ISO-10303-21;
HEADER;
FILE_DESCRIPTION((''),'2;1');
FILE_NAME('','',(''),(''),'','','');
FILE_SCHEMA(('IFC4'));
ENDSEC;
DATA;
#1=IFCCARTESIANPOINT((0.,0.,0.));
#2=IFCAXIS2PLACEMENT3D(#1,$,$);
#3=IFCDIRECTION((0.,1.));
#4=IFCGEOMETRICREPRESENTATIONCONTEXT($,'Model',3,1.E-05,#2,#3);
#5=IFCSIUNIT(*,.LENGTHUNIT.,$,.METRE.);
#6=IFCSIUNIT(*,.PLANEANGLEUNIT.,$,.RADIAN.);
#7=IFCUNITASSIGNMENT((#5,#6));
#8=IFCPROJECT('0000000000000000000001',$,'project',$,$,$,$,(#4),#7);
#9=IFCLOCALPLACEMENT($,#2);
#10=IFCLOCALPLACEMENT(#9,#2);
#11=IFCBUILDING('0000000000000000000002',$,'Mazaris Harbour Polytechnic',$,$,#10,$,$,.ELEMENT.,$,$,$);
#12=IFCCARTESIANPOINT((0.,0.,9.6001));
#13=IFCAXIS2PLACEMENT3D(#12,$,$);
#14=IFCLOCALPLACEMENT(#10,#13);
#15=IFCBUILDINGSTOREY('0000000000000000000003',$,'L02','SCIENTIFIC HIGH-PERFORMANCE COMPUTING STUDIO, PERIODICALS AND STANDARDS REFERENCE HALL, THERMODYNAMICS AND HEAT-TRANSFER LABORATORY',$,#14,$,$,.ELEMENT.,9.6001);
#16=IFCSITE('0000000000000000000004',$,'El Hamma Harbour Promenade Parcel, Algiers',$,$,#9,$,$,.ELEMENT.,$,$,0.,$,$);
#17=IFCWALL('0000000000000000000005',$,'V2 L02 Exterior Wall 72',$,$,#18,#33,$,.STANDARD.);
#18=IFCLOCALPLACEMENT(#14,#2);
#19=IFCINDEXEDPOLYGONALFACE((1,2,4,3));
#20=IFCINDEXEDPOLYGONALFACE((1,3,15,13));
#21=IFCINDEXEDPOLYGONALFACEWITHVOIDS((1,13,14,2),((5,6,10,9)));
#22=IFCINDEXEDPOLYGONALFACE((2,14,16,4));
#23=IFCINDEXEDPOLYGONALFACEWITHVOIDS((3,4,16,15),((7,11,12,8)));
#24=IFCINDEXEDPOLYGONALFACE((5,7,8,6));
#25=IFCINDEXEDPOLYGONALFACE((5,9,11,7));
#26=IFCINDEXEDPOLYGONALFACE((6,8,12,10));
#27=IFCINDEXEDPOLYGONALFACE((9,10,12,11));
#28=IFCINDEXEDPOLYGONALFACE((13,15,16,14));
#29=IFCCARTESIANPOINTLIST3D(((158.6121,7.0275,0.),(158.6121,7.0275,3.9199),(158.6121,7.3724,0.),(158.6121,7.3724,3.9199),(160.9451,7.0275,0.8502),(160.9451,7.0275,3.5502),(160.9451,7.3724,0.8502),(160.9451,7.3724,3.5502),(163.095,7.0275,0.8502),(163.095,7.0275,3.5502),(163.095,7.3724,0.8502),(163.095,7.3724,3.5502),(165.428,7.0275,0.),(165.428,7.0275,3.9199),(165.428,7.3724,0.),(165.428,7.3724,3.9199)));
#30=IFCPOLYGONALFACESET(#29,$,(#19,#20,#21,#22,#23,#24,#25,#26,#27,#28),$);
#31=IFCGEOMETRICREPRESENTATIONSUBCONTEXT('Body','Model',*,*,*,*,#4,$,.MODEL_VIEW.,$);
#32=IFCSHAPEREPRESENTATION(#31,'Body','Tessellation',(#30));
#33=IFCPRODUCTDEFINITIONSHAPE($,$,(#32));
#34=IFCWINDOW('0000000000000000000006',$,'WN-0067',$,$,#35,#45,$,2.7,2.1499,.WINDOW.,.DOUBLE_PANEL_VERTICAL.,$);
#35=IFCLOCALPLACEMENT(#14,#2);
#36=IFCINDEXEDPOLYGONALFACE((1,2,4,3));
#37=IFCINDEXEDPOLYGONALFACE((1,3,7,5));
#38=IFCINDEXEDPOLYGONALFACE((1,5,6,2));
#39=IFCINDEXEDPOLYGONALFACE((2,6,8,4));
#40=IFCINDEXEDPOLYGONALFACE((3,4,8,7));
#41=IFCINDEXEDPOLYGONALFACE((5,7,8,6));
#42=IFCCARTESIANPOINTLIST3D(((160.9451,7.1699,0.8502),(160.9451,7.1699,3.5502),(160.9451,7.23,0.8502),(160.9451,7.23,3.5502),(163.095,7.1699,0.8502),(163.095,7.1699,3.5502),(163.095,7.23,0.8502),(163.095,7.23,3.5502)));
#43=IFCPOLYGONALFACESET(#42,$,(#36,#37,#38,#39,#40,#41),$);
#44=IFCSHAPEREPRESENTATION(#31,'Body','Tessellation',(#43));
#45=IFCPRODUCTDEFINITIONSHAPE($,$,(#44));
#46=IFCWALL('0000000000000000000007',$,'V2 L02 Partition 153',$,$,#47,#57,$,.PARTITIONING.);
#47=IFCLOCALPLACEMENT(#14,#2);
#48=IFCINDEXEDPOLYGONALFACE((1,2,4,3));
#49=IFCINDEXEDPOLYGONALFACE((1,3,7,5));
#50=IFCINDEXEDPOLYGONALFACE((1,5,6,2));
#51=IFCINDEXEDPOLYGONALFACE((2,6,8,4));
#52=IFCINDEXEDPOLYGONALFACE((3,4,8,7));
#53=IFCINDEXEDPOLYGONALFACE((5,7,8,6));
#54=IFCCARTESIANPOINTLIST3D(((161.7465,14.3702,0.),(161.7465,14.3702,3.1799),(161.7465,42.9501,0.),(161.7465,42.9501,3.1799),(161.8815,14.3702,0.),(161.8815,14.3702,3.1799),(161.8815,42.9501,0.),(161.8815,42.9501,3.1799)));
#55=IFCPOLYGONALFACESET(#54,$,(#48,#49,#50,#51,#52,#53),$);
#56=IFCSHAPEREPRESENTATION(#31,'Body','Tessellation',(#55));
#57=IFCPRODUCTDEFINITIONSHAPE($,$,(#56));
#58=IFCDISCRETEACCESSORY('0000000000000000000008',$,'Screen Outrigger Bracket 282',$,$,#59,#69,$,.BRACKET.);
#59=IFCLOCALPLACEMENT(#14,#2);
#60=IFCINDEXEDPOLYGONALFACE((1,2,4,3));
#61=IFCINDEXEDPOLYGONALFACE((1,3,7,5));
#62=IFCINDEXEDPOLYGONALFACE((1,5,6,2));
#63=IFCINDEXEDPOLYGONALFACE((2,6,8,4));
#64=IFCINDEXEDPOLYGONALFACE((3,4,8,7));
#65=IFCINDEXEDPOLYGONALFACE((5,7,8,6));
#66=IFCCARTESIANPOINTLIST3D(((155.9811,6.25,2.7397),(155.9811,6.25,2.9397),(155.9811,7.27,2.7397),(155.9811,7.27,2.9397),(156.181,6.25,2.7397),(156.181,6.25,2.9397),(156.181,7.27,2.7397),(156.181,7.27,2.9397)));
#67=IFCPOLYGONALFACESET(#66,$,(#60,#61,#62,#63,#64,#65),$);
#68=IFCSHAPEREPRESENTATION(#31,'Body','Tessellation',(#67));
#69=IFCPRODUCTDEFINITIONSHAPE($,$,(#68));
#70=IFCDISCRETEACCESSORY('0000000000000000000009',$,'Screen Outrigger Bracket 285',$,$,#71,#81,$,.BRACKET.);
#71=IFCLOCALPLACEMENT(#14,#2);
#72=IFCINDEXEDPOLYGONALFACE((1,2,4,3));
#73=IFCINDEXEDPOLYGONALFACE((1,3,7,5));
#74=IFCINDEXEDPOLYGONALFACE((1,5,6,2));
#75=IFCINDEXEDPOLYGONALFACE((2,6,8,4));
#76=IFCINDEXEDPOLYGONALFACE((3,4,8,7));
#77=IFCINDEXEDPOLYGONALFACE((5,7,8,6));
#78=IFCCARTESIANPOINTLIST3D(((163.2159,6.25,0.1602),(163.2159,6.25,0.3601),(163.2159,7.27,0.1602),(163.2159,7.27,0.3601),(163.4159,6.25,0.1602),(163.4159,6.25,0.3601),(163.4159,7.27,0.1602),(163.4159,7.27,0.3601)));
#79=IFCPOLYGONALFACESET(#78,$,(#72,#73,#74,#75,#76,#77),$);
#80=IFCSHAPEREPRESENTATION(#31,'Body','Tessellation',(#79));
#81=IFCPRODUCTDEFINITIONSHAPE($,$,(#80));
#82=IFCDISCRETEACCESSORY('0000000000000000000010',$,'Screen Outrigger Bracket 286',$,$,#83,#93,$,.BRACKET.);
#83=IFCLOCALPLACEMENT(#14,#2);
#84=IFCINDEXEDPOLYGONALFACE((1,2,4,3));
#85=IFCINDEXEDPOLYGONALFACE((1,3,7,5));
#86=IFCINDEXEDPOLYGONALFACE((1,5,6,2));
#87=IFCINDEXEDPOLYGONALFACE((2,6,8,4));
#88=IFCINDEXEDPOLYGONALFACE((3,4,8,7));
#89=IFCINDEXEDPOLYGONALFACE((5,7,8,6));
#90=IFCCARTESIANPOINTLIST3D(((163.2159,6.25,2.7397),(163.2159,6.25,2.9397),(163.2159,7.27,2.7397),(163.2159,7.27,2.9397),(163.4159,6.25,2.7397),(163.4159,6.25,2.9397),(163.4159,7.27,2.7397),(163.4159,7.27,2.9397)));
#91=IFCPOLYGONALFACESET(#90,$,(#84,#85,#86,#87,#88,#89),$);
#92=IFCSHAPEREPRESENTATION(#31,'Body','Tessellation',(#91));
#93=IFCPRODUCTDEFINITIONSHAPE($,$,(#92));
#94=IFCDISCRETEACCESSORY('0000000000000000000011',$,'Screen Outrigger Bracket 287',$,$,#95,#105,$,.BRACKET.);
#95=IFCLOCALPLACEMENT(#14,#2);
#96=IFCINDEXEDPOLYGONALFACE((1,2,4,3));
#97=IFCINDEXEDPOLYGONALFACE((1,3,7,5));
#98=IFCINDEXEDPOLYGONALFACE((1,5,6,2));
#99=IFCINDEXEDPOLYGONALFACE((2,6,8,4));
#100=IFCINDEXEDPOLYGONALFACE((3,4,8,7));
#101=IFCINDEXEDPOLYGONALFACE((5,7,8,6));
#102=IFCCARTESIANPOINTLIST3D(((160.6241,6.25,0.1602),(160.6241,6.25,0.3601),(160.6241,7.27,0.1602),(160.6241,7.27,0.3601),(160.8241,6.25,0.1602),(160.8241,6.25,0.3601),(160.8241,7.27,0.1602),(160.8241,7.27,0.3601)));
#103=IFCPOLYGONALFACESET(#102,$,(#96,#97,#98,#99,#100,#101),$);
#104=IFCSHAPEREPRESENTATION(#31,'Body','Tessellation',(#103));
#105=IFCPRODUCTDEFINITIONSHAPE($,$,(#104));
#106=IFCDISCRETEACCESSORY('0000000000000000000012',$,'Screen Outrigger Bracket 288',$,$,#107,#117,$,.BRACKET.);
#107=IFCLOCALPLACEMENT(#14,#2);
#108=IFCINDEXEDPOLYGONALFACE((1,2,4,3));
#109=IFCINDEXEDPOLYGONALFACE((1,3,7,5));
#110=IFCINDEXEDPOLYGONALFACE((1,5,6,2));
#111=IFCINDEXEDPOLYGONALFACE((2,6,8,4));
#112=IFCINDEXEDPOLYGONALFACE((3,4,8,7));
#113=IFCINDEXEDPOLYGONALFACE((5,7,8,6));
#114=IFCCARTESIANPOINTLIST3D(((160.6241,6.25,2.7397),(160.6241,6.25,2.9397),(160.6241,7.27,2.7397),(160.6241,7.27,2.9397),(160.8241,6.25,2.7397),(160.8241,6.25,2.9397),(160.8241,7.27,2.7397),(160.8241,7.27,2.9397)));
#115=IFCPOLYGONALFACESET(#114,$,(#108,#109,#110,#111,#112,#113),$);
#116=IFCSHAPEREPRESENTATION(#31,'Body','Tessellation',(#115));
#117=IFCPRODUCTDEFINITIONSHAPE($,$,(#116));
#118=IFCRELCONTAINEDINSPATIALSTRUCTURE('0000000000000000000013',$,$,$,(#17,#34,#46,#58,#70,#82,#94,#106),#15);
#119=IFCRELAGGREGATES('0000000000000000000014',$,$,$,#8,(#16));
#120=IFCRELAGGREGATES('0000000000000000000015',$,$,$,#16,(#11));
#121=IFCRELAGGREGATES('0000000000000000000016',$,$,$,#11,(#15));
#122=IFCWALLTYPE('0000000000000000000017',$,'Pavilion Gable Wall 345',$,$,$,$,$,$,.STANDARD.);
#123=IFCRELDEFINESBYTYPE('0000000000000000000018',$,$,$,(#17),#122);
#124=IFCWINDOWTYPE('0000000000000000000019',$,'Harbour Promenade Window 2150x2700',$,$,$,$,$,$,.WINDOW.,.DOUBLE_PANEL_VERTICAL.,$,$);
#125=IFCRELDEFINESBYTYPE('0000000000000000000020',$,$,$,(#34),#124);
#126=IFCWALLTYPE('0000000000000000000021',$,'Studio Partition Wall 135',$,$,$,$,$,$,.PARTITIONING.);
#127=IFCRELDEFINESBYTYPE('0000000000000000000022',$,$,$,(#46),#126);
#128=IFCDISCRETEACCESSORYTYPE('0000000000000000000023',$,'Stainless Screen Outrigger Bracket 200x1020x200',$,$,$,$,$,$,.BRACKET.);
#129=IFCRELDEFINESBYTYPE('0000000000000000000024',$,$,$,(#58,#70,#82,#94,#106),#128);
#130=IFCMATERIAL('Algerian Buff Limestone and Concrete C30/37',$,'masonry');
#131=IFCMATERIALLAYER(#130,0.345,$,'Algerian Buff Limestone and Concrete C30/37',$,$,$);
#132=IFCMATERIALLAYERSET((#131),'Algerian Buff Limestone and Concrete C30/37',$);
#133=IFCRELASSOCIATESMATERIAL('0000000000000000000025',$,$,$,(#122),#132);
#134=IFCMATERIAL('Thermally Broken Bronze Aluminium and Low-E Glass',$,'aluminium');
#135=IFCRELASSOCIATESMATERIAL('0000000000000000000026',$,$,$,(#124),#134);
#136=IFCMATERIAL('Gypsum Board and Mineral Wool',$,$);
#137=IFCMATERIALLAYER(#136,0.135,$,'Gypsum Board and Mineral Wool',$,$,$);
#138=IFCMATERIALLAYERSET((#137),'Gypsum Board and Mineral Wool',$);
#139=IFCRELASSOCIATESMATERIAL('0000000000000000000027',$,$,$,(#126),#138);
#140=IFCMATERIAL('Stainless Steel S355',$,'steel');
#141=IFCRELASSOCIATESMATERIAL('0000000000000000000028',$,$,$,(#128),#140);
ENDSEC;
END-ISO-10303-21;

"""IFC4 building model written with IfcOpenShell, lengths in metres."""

from ifc_helpers import new_model, si_unit, direction, frame, frame_2d, origin, origin_2d, place, context, subcontext, project, spatial, rectangle, extrude, material, layer, layer_set, type_object, element, fill, save


model = new_model("IFC4")

# Units and contexts
model_context = context("Model", 3, precision=1e-05, world=origin(), true_north=direction((0.0, 1.0)))
body_context = subcontext(model_context, "Body", "Model", "MODEL_VIEW")
ifc_project = project(units=[si_unit("LENGTHUNIT", "METRE"), si_unit("PLANEANGLEUNIT", "RADIAN")], contexts=[model_context])

# Site, building, storey
site_placement = place(None, origin())
site = spatial("IfcSite", under=ifc_project, at=site_placement, Name="El Hamma Harbour Promenade Parcel, Algiers", CompositionType="ELEMENT", RefElevation=0.0)
building_placement = place(site_placement, origin())
building = spatial("IfcBuilding", under=site, at=building_placement, Name="Mazaris Harbour Polytechnic", CompositionType="ELEMENT")
storey_placement = place(building_placement, frame((0.0, 0.0, 9.6001)))
storey = spatial("IfcBuildingStorey", under=building, at=storey_placement, Name="L02", Description="SCIENTIFIC HIGH-PERFORMANCE COMPUTING STUDIO, PERIODICALS AND STANDARDS REFERENCE HALL, THERMODYNAMICS AND HEAT-TRANSFER LABORATORY", CompositionType="ELEMENT", Elevation=9.6001)

# Wall, opening, window
ifc_material_1 = material(Name="Algerian Buff Limestone and Concrete C30/37", Category="masonry")
ifc_layer_1 = layer(ifc_material_1, 0.345, Name="Algerian Buff Limestone and Concrete C30/37")
ifc_layer_set_1 = layer_set([ifc_layer_1], Name="Algerian Buff Limestone and Concrete C30/37")
wall_type_1 = type_object("IfcWallType", Name="Pavilion Gable Wall 345", PredefinedType="STANDARD", material=ifc_layer_set_1)
wall_1_placement = place(storey_placement, frame((165.428, 7.2, 0.0), z_axis=(0.0, 0.0, 1.0), x_axis=(-1.0, 0.0, 0.0)))
wall_1 = element("IfcWall", 1, at=wall_1_placement, inside=storey, type_object=wall_type_1, Name="V2 L02 Exterior Wall 72", PredefinedType="STANDARD", context=body_context, shape_type="SweptSolid", body=[
    extrude(rectangle(XDim=6.8159, YDim=0.345, at=frame_2d((3.408, 0.0))), origin(), (0.0, 0.0, 1.0), 3.9199),
])
opening_1_placement = place(wall_1_placement, frame((2.333, 0.0, 0.8501)))
opening_1 = element("IfcOpeningElement", 2, at=opening_1_placement, cuts=wall_1, PredefinedType="OPENING", context=body_context, shape_type="SweptSolid", body=[
    extrude(rectangle(XDim=2.1499, YDim=2.7, at=frame_2d((1.075, 1.3501))), frame((0.0, 0.1824, 0.0), z_axis=(0.0, -1.0, 0.0), x_axis=(1.0, 0.0, 0.0)), (0.0, 0.0, 1.0), 0.365),
])
ifc_material_2 = material(Name="Thermally Broken Bronze Aluminium and Low-E Glass", Category="aluminium")
window_type_1 = type_object("IfcWindowType", Name="Harbour Promenade Window 2150x2700", PartitioningType="DOUBLE_PANEL_VERTICAL", PredefinedType="WINDOW", material=ifc_material_2)
window_1_placement = place(opening_1_placement, origin())
window_1 = element("IfcWindow", 3, at=window_1_placement, inside=storey, type_object=window_type_1, Name="WN-0067", OverallHeight=2.7, OverallWidth=2.1499, PartitioningType="DOUBLE_PANEL_VERTICAL", PredefinedType="WINDOW", context=body_context, shape_type="SweptSolid", body=[
    extrude(rectangle(XDim=2.1499, YDim=2.7, at=frame_2d((1.075, 1.3501))), frame((0.0, 0.03, 0.0), z_axis=(0.0, -1.0, 0.0), x_axis=(1.0, 0.0, 0.0)), (0.0, 0.0, 1.0), 0.0601),
])
fill(opening_1, window_1)

# Wall
ifc_material_3 = material(Name="Gypsum Board and Mineral Wool")
ifc_layer_2 = layer(ifc_material_3, 0.135, Name="Gypsum Board and Mineral Wool")
ifc_layer_set_2 = layer_set([ifc_layer_2], Name="Gypsum Board and Mineral Wool")
wall_type_2 = type_object("IfcWallType", Name="Studio Partition Wall 135", PredefinedType="PARTITIONING", material=ifc_layer_set_2)
wall_2_placement = place(storey_placement, frame((161.814, 14.3701, 0.0), z_axis=(0.0, 0.0, 1.0), x_axis=(0.0, 1.0, 0.0)))
element("IfcWall", 4, at=wall_2_placement, inside=storey, type_object=wall_type_2, Name="V2 L02 Partition 153", PredefinedType="PARTITIONING", context=body_context, shape_type="SweptSolid", body=[
    extrude(rectangle(XDim=28.5798, YDim=0.135, at=frame_2d((14.29, 0.0))), origin(), (0.0, 0.0, 1.0), 3.1799),
])

# Discrete accessories
ifc_material_4 = material(Name="Stainless Steel S355", Category="steel")
discrete_accessory_type = type_object("IfcDiscreteAccessoryType", Name="Stainless Screen Outrigger Bracket 200x1020x200", PredefinedType="BRACKET", material=ifc_material_4)
for number, where, z_axis, x_axis, name in (
    (5, (156.0811, 6.76, 2.7397), (0.0, 0.0, 1.0), (-1.0, 0.0, 0.0), "Screen Outrigger Bracket 282"),
    (6, (163.3159, 6.76, 0.1602), (0.0, 0.0, 1.0), (-1.0, 0.0, 0.0), "Screen Outrigger Bracket 285"),
    (7, (163.3159, 6.76, 2.7397), (0.0, 0.0, 1.0), (-1.0, 0.0, 0.0), "Screen Outrigger Bracket 286"),
    (8, (160.7241, 6.76, 0.1602), (0.0, 0.0, 1.0), (-1.0, 0.0, 0.0), "Screen Outrigger Bracket 287"),
    (9, (160.7241, 6.76, 2.7397), (0.0, 0.0, 1.0), (-1.0, 0.0, 0.0), "Screen Outrigger Bracket 288"),
):
    element("IfcDiscreteAccessory", number, at=place(storey_placement, frame(where, z_axis=z_axis, x_axis=x_axis)), inside=storey, type_object=discrete_accessory_type, Name=name, PredefinedType="BRACKET", context=body_context, shape_type="SweptSolid", body=[
        extrude(rectangle(XDim=0.2, YDim=1.02, at=origin_2d()), origin(), (0.0, 0.0, 1.0), 0.2),
    ])

save(model, "model.ifc")
